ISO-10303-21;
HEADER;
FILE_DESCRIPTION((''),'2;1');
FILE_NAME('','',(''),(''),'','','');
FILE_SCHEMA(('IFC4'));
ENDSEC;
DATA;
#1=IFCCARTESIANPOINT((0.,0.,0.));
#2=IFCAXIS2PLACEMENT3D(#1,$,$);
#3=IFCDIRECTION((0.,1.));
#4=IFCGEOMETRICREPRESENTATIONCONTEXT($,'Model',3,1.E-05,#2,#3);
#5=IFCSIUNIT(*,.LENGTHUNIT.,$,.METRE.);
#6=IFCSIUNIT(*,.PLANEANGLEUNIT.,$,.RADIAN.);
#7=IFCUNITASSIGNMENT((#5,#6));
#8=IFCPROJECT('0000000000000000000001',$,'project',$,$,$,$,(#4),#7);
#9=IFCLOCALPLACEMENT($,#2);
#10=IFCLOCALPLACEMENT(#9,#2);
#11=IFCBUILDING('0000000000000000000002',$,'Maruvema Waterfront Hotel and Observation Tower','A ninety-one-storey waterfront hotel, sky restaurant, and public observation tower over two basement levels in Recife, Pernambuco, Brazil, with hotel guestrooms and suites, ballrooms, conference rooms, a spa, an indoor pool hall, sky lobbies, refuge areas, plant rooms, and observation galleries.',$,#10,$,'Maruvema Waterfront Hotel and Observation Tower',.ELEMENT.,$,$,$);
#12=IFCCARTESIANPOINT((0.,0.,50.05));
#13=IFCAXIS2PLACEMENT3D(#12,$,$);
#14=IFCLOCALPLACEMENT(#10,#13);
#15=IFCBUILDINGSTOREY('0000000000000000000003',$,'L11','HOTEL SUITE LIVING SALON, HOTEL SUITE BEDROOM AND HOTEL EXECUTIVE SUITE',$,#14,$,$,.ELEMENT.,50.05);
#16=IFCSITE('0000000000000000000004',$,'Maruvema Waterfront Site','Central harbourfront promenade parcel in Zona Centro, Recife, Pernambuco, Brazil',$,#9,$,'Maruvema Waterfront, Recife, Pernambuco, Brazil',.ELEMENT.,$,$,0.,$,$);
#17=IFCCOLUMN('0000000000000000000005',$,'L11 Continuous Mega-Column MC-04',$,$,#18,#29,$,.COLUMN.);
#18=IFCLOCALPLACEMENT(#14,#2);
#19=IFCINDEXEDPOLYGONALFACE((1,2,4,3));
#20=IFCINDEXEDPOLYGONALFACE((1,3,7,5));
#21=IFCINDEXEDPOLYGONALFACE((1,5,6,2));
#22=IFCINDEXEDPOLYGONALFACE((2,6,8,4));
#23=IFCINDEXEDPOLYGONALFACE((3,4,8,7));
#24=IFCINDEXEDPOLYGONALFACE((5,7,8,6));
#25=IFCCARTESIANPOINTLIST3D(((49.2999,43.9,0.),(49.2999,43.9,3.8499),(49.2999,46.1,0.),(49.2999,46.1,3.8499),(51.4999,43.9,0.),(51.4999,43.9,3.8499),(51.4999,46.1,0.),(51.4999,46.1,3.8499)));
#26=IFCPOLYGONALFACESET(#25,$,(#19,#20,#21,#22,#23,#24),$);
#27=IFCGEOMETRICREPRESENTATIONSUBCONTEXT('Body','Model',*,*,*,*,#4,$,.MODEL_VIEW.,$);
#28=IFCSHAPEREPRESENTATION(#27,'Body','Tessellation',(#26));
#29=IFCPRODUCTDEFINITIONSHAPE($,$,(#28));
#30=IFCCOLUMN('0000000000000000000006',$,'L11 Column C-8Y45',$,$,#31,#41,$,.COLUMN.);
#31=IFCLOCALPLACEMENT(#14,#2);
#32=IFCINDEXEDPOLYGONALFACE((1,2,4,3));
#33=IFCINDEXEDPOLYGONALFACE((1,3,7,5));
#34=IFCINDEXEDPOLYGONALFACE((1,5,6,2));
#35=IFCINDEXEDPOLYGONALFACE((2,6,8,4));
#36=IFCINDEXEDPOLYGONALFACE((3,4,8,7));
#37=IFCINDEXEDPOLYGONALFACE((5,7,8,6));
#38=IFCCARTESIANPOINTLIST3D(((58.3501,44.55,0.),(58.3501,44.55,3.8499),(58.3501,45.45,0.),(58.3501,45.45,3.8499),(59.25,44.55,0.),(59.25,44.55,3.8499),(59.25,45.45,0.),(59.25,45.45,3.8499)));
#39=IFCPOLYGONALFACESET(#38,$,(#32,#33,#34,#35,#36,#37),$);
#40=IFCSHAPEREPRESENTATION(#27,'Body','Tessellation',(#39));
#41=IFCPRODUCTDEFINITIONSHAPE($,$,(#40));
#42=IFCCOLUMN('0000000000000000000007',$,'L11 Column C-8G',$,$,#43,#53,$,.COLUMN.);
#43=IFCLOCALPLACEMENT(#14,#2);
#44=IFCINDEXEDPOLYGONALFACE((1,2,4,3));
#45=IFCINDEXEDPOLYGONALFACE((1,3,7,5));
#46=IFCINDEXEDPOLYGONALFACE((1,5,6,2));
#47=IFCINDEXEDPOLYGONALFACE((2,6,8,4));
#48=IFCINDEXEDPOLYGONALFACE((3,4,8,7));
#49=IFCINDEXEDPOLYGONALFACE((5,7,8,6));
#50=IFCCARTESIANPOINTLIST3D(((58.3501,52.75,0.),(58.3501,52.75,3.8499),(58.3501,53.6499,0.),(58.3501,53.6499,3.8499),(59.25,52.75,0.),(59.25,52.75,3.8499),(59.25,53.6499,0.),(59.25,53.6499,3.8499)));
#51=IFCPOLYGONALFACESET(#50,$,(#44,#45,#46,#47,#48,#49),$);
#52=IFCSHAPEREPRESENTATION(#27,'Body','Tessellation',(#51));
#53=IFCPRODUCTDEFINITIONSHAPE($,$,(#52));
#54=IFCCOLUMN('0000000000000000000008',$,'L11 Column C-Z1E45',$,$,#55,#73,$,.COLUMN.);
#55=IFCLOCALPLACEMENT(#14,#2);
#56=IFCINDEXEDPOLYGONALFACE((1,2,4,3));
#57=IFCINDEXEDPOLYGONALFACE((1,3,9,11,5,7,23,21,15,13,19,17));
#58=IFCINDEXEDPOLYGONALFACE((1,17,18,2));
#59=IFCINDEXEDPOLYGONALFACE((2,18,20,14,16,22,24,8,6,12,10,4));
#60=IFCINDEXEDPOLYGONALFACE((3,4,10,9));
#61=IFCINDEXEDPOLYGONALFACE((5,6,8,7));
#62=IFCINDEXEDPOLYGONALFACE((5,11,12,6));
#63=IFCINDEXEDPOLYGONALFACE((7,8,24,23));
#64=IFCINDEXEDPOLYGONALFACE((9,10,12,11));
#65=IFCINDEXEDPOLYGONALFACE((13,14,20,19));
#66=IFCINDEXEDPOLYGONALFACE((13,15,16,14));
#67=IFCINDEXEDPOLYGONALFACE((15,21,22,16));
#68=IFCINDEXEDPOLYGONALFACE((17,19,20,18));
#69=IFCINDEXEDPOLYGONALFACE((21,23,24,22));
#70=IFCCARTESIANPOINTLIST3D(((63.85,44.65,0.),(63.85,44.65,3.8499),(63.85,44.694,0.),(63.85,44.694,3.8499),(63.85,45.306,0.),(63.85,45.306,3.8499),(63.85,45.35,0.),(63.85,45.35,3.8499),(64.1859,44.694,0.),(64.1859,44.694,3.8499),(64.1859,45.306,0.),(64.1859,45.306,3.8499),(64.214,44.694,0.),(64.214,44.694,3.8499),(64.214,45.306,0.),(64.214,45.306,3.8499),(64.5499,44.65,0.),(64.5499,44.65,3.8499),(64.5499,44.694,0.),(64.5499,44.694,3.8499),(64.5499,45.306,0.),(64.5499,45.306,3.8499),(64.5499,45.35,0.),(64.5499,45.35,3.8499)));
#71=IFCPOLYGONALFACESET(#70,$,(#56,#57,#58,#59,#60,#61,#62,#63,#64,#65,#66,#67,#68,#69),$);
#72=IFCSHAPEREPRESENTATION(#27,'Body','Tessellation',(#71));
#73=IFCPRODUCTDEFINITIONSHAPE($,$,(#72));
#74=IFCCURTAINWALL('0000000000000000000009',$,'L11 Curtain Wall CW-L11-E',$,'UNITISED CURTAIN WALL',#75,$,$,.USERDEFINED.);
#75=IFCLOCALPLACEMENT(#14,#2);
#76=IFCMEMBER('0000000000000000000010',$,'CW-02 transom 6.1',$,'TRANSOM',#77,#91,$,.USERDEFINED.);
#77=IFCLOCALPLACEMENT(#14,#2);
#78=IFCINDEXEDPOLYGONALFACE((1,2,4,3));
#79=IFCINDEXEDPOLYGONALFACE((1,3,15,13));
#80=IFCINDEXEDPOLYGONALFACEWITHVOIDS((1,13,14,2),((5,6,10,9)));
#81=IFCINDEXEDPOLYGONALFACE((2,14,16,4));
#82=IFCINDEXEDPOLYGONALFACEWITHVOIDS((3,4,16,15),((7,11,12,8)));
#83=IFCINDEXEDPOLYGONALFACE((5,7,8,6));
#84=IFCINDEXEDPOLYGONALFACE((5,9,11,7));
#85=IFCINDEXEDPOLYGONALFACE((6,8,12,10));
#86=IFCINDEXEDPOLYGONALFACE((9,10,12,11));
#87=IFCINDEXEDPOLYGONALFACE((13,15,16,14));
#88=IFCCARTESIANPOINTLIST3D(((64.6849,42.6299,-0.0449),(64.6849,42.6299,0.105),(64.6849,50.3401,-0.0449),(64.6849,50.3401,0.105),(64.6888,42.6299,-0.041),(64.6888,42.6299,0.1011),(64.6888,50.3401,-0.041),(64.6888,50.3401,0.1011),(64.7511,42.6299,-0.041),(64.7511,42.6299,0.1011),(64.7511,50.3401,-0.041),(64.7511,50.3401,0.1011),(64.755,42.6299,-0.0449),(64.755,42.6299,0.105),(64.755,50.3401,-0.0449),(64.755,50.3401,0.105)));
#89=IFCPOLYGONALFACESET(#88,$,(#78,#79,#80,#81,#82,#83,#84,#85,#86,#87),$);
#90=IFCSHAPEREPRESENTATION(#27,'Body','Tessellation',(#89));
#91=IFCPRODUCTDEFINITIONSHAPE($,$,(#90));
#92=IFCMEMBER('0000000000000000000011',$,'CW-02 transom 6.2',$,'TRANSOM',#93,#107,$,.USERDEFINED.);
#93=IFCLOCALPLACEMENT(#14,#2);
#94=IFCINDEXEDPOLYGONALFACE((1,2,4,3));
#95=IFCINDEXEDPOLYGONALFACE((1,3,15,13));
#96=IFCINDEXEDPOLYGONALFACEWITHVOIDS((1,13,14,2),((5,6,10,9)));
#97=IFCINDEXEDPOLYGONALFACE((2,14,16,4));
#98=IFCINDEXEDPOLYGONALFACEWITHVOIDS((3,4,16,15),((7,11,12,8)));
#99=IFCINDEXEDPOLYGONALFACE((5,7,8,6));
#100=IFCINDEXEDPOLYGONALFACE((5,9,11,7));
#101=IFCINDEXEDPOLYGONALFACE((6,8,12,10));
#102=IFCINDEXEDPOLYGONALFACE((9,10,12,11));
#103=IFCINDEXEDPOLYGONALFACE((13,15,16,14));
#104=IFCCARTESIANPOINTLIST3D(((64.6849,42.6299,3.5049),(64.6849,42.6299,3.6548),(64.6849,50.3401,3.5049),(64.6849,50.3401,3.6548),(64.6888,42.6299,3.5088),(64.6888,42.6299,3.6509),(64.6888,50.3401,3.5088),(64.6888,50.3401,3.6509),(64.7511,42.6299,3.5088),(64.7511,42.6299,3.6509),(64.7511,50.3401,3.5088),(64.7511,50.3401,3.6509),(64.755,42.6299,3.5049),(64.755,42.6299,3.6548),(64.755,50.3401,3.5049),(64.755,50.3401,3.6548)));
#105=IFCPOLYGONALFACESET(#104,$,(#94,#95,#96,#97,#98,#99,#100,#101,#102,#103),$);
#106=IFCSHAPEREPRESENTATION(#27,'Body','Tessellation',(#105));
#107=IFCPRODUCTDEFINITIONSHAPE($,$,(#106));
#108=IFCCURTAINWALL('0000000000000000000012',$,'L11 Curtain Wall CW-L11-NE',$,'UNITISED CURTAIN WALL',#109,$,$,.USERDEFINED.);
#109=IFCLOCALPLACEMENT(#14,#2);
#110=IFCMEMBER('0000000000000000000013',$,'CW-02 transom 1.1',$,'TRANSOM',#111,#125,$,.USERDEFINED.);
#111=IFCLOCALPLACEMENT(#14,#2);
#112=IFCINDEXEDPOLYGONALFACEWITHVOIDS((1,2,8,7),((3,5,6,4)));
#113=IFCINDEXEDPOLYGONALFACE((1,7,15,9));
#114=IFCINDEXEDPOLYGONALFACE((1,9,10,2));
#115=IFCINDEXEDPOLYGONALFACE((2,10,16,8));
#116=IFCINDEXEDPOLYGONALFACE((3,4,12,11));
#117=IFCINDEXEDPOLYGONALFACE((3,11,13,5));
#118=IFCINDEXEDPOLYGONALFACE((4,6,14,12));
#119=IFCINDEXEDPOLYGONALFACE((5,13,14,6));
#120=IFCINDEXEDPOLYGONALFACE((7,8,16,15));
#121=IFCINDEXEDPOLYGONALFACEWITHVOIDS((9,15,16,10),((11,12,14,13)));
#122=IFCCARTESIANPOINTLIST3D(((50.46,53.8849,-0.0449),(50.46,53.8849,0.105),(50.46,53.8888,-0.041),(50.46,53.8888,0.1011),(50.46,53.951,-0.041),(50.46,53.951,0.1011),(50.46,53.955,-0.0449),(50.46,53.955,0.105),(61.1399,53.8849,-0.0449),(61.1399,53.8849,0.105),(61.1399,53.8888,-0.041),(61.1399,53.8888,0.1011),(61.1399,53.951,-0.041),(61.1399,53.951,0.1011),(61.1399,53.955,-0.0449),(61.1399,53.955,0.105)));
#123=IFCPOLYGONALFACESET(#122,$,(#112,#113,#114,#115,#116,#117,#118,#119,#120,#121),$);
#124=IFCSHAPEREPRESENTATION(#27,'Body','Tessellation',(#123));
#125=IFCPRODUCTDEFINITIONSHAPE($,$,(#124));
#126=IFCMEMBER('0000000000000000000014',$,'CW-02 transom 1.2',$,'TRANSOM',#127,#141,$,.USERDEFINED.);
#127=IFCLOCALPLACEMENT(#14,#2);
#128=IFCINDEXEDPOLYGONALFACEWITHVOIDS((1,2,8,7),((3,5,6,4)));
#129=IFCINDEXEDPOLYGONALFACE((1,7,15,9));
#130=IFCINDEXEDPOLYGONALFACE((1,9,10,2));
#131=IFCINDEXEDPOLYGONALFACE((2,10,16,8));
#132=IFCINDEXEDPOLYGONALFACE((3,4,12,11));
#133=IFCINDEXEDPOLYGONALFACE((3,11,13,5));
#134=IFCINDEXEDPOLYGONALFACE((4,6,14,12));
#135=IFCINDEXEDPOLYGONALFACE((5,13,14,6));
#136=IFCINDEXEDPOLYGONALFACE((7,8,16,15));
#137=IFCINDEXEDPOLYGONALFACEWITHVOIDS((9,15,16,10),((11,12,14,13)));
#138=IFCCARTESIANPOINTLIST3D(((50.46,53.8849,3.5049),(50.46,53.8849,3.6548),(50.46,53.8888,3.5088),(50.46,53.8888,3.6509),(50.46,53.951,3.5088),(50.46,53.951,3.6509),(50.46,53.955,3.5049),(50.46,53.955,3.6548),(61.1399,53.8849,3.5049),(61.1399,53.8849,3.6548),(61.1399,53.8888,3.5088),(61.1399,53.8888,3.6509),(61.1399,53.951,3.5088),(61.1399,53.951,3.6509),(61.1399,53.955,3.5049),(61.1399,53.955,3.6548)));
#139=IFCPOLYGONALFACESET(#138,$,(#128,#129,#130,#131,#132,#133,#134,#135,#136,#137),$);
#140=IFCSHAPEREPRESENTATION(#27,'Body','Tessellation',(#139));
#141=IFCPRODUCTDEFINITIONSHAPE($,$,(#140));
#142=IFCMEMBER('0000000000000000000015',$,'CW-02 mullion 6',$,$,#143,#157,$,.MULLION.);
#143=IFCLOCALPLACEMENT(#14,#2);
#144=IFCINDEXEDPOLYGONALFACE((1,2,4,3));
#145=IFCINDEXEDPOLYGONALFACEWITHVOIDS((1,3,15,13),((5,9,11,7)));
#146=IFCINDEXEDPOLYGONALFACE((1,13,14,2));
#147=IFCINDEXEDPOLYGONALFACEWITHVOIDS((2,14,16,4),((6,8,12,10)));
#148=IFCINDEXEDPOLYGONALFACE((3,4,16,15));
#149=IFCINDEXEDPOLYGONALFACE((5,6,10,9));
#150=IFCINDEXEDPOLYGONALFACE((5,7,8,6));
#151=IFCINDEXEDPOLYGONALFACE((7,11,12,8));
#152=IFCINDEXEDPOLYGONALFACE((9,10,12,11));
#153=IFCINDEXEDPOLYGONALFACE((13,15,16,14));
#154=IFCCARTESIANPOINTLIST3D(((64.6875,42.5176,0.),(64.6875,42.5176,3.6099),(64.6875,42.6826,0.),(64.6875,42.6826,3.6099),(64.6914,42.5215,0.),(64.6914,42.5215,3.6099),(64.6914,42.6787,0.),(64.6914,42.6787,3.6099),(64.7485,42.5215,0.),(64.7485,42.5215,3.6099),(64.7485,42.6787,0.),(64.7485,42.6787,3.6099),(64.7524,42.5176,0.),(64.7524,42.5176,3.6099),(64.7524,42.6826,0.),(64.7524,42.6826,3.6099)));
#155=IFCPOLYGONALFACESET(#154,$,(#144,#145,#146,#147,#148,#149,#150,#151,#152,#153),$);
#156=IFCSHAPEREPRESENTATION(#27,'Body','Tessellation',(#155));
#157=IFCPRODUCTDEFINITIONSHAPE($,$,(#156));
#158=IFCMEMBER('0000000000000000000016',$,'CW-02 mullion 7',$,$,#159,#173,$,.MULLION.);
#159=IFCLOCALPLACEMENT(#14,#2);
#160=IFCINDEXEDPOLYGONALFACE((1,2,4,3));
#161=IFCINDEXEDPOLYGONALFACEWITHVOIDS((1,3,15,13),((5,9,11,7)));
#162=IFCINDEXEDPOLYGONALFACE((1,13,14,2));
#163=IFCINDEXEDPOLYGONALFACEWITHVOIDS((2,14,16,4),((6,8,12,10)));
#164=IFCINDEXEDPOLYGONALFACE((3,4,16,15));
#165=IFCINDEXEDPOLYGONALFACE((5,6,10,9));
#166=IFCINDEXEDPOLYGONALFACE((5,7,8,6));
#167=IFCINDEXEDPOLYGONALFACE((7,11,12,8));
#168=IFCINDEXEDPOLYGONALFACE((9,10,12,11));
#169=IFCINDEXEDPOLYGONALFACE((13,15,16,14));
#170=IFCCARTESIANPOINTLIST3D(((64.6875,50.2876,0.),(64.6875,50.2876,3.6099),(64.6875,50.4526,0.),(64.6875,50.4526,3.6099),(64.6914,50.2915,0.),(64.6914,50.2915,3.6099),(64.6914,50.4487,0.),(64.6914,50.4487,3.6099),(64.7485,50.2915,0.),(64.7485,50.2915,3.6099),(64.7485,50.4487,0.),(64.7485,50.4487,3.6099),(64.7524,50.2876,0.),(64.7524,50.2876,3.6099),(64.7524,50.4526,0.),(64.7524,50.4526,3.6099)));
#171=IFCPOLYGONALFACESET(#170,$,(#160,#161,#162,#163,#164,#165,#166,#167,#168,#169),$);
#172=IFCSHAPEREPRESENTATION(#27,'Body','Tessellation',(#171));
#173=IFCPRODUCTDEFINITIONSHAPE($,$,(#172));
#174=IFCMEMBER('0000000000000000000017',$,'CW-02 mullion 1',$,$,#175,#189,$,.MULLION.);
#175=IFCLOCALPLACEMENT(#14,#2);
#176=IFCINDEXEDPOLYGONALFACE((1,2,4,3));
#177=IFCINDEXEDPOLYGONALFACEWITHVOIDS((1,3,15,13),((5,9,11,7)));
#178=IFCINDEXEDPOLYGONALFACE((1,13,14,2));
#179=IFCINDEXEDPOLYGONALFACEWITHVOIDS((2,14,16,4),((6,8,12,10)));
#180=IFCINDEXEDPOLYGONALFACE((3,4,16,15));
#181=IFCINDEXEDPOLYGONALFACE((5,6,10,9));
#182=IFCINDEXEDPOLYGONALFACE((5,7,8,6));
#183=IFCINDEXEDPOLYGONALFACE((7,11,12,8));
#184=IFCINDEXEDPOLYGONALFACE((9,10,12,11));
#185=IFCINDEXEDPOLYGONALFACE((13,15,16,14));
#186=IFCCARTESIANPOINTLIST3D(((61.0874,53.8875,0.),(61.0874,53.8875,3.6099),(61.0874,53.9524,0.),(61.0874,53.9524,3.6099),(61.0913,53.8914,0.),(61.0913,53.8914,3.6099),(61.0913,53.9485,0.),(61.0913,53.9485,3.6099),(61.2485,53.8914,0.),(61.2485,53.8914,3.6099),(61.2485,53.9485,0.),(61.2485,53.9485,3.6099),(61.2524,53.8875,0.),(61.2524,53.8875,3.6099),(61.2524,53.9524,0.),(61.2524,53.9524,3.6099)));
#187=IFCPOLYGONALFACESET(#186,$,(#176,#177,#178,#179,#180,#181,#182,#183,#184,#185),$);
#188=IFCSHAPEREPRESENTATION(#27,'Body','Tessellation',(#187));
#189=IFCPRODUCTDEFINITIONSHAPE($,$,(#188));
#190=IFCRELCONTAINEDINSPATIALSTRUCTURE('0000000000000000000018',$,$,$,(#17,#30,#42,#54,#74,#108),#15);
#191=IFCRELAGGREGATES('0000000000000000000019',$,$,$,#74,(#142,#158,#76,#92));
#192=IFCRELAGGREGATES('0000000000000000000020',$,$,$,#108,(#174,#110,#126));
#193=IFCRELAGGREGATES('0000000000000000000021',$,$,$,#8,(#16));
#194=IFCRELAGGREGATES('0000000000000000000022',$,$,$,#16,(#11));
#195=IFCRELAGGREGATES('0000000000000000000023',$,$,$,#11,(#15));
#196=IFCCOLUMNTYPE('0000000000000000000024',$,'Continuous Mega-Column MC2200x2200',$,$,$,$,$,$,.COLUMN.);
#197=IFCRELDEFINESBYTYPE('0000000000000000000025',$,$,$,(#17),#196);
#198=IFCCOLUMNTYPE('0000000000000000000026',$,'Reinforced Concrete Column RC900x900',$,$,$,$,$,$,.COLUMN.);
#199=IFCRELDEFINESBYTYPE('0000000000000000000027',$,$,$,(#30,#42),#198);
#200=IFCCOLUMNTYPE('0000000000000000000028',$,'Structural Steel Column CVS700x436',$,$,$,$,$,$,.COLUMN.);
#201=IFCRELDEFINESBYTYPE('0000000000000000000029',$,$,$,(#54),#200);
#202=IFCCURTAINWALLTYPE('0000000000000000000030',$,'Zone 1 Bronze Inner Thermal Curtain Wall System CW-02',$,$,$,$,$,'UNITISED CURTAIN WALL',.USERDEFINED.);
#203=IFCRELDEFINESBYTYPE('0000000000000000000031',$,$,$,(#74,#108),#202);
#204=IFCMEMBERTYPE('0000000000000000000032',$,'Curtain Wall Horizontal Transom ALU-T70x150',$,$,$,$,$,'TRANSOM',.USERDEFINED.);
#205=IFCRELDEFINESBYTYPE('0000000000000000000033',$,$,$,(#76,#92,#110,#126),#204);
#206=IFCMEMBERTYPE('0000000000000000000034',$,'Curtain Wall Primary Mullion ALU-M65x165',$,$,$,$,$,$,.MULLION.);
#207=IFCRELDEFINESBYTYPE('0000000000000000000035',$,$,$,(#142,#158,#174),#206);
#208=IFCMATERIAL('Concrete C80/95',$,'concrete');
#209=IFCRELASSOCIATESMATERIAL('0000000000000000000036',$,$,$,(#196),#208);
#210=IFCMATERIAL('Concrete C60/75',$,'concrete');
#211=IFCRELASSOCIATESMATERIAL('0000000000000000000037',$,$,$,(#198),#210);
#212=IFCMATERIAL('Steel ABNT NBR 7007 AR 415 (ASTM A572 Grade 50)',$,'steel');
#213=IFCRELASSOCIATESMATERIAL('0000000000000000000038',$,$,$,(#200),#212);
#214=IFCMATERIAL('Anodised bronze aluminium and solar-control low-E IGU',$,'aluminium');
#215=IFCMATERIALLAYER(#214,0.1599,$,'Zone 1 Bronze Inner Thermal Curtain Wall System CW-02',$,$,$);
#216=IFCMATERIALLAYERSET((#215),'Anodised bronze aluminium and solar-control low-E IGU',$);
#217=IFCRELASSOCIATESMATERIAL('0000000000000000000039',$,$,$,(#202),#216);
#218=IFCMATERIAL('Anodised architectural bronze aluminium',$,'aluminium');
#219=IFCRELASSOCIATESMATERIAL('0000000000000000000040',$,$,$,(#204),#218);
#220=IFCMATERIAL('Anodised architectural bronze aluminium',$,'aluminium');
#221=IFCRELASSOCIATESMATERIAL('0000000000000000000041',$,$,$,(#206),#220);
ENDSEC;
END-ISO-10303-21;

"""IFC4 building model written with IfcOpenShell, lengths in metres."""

from ifc_helpers import new_model, si_unit, direction, frame, origin, origin_2d, place, context, subcontext, project, spatial, rectangle, hollow_rectangle, i_section, extrude, material, layer, layer_set, material_profile, profile_set, type_object, element, aggregate, save


model = new_model("IFC4")

# Units and contexts
model_context = context("Model", 3, precision=1e-05, world=origin(), true_north=direction((0.0, 1.0)))
body_context = subcontext(model_context, "Body", "Model", "MODEL_VIEW")
ifc_project = project(units=[si_unit("LENGTHUNIT", "METRE"), si_unit("PLANEANGLEUNIT", "RADIAN")], contexts=[model_context])

# Site, building, storey
site_placement = place(None, origin())
site = spatial("IfcSite", under=ifc_project, at=site_placement, Name="Maruvema Waterfront Site", Description="Central harbourfront promenade parcel in Zona Centro, Recife, Pernambuco, Brazil", LongName="Maruvema Waterfront, Recife, Pernambuco, Brazil", CompositionType="ELEMENT", RefElevation=0.0)
building_placement = place(site_placement, origin())
building = spatial("IfcBuilding", under=site, at=building_placement, Name="Maruvema Waterfront Hotel and Observation Tower", Description="A ninety-one-storey waterfront hotel, sky restaurant, and public observation tower over two basement levels in Recife, Pernambuco, Brazil, with hotel guestrooms and suites, ballrooms, conference rooms, a spa, an indoor pool hall, sky lobbies, refuge areas, plant rooms, and observation galleries.", LongName="Maruvema Waterfront Hotel and Observation Tower", CompositionType="ELEMENT")
storey_placement = place(building_placement, frame((0.0, 0.0, 50.05)))
storey = spatial("IfcBuildingStorey", under=building, at=storey_placement, Name="L11", Description="HOTEL SUITE LIVING SALON, HOTEL SUITE BEDROOM AND HOTEL EXECUTIVE SUITE", CompositionType="ELEMENT", Elevation=50.05)

# Columns
ifc_material_1 = material(Name="Concrete C80/95", Category="concrete")
ifc_material_profile_1 = material_profile(ifc_material_1, rectangle(XDim=2.2, YDim=2.2, at=origin_2d()), Name="MC2200x2200")
ifc_profile_set_1 = profile_set([ifc_material_profile_1], Name="Concrete C80/95")
column_type_1 = type_object("IfcColumnType", Name="Continuous Mega-Column MC2200x2200", PredefinedType="COLUMN", material=ifc_profile_set_1)
column_1_placement = place(storey_placement, frame((50.3999, 45.0, 0.0), z_axis=(0.0, 0.0, 1.0), x_axis=(1.0, 0.0, 0.0)))
element("IfcColumn", 1, at=column_1_placement, inside=storey, type_object=column_type_1, Name="L11 Continuous Mega-Column MC-04", PredefinedType="COLUMN", context=body_context, shape_type="SweptSolid", body=[
    extrude(rectangle(XDim=2.2, YDim=2.2, at=origin_2d()), origin(), (0.0, 0.0, 1.0), 3.8499),
])
ifc_material_2 = material(Name="Concrete C60/75", Category="concrete")
ifc_material_profile_2 = material_profile(ifc_material_2, rectangle(XDim=0.8999, YDim=0.8999, at=origin_2d()), Name="RC900x900")
ifc_profile_set_2 = profile_set([ifc_material_profile_2], Name="Concrete C60/75")
column_type_2 = type_object("IfcColumnType", Name="Reinforced Concrete Column RC900x900", PredefinedType="COLUMN", material=ifc_profile_set_2)
for number, where, z_axis, x_axis, name in (
    (2, (58.8, 45.0, 0.0), (0.0, 0.0, 1.0), (1.0, 0.0, 0.0), "L11 Column C-8Y45"),
    (3, (58.8, 53.2, 0.0), (0.0, 0.0, 1.0), (1.0, 0.0, 0.0), "L11 Column C-8G"),
):
    element("IfcColumn", number, at=place(storey_placement, frame(where, z_axis=z_axis, x_axis=x_axis)), inside=storey, type_object=column_type_2, Name=name, PredefinedType="COLUMN", context=body_context, shape_type="SweptSolid", body=[
        extrude(rectangle(XDim=0.8999, YDim=0.8999, at=origin_2d()), origin(), (0.0, 0.0, 1.0), 3.8499),
    ])
ifc_material_3 = material(Name="Steel ABNT NBR 7007 AR 415 (ASTM A572 Grade 50)", Category="steel")
ifc_material_profile_3 = material_profile(ifc_material_3, i_section(OverallWidth=0.7, OverallDepth=0.7, WebThickness=0.0281, FlangeThickness=0.0439, at=origin_2d()), Name="CVS700x436")
ifc_profile_set_3 = profile_set([ifc_material_profile_3], Name="Steel ABNT NBR 7007 AR 415 (ASTM A572 Grade 50)")
column_type_3 = type_object("IfcColumnType", Name="Structural Steel Column CVS700x436", PredefinedType="COLUMN", material=ifc_profile_set_3)
column_2_placement = place(storey_placement, frame((64.2, 45.0, 0.0), z_axis=(0.0, 0.0, 1.0), x_axis=(1.0, 0.0, 0.0)))
element("IfcColumn", 4, at=column_2_placement, inside=storey, type_object=column_type_3, Name="L11 Column C-Z1E45", PredefinedType="COLUMN", context=body_context, shape_type="SweptSolid", body=[
    extrude(i_section(OverallWidth=0.7, OverallDepth=0.7, WebThickness=0.0281, FlangeThickness=0.0439, at=origin_2d()), origin(), (0.0, 0.0, 1.0), 3.8499),
])

# Curtain walls, members
ifc_material_4 = material(Name="Anodised bronze aluminium and solar-control low-E IGU", Category="aluminium")
ifc_layer_1 = layer(ifc_material_4, 0.1599, Name="Zone 1 Bronze Inner Thermal Curtain Wall System CW-02")
ifc_layer_set_1 = layer_set([ifc_layer_1], Name="Anodised bronze aluminium and solar-control low-E IGU")
curtain_wall_type = type_object("IfcCurtainWallType", Name="Zone 1 Bronze Inner Thermal Curtain Wall System CW-02", ElementType="UNITISED CURTAIN WALL", PredefinedType="USERDEFINED", material=ifc_layer_set_1)
curtain_wall_1_placement = place(storey_placement, origin())
curtain_wall_1 = element("IfcCurtainWall", 5, at=curtain_wall_1_placement, inside=storey, type_object=curtain_wall_type, Name="L11 Curtain Wall CW-L11-E", ObjectType="UNITISED CURTAIN WALL", PredefinedType="USERDEFINED")
ifc_material_5 = material(Name="Anodised architectural bronze aluminium", Category="aluminium")
ifc_material_profile_4 = material_profile(ifc_material_5, hollow_rectangle(XDim=0.0701, YDim=0.1499, WallThickness=0.0039, at=origin_2d()), Name="ALU-T70x150")
ifc_profile_set_4 = profile_set([ifc_material_profile_4], Name="Anodised architectural bronze aluminium")
member_type_1 = type_object("IfcMemberType", Name="Curtain Wall Horizontal Transom ALU-T70x150", ElementType="TRANSOM", PredefinedType="USERDEFINED", material=ifc_profile_set_4)
member_1_placement = place(storey_placement, frame((64.72, 42.6299, 0.03), z_axis=(0.0, 1.0, 0.0), x_axis=(-1.0, 0.0, 0.0)))
member_1 = element("IfcMember", 6, at=member_1_placement, type_object=member_type_1, Name="CW-02 transom 6.1", ObjectType="TRANSOM", PredefinedType="USERDEFINED", context=body_context, shape_type="SweptSolid", body=[
    extrude(hollow_rectangle(XDim=0.0701, YDim=0.1499, WallThickness=0.0039, at=origin_2d()), origin(), (0.0, 0.0, 1.0), 7.7102),
])
member_2_placement = place(storey_placement, frame((64.72, 42.6299, 3.5798), z_axis=(0.0, 1.0, 0.0), x_axis=(-1.0, 0.0, 0.0)))
member_2 = element("IfcMember", 7, at=member_2_placement, type_object=member_type_1, Name="CW-02 transom 6.2", ObjectType="TRANSOM", PredefinedType="USERDEFINED", context=body_context, shape_type="SweptSolid", body=[
    extrude(hollow_rectangle(XDim=0.0701, YDim=0.1499, WallThickness=0.0039, at=origin_2d()), origin(), (0.0, 0.0, 1.0), 7.7102),
])
curtain_wall_2_placement = place(storey_placement, origin())
curtain_wall_2 = element("IfcCurtainWall", 8, at=curtain_wall_2_placement, inside=storey, type_object=curtain_wall_type, Name="L11 Curtain Wall CW-L11-NE", ObjectType="UNITISED CURTAIN WALL", PredefinedType="USERDEFINED")
member_3_placement = place(storey_placement, frame((61.1399, 53.9199, 0.03), z_axis=(-1.0, 0.0, 0.0), x_axis=(0.0, -1.0, 0.0)))
member_3 = element("IfcMember", 9, at=member_3_placement, type_object=member_type_1, Name="CW-02 transom 1.1", ObjectType="TRANSOM", PredefinedType="USERDEFINED", context=body_context, shape_type="SweptSolid", body=[
    extrude(hollow_rectangle(XDim=0.0701, YDim=0.1499, WallThickness=0.0039, at=origin_2d()), origin(), (0.0, 0.0, 1.0), 10.6799),
])
member_4_placement = place(storey_placement, frame((61.1399, 53.9199, 3.5798), z_axis=(-1.0, 0.0, 0.0), x_axis=(0.0, -1.0, 0.0)))
member_4 = element("IfcMember", 10, at=member_4_placement, type_object=member_type_1, Name="CW-02 transom 1.2", ObjectType="TRANSOM", PredefinedType="USERDEFINED", context=body_context, shape_type="SweptSolid", body=[
    extrude(hollow_rectangle(XDim=0.0701, YDim=0.1499, WallThickness=0.0039, at=origin_2d()), origin(), (0.0, 0.0, 1.0), 10.6799),
])

# Members
ifc_material_6 = material(Name="Anodised architectural bronze aluminium", Category="aluminium")
ifc_material_profile_5 = material_profile(ifc_material_6, hollow_rectangle(XDim=0.0649, YDim=0.165, WallThickness=0.0039, at=origin_2d()), Name="ALU-M65x165")
ifc_profile_set_5 = profile_set([ifc_material_profile_5], Name="Anodised architectural bronze aluminium")
member_type_2 = type_object("IfcMemberType", Name="Curtain Wall Primary Mullion ALU-M65x165", PredefinedType="MULLION", material=ifc_profile_set_5)
member_5_placement = place(storey_placement, frame((64.72, 42.6001, 0.0), z_axis=(0.0, 0.0, 1.0), x_axis=(-1.0, 0.0, 0.0)))
member_5 = element("IfcMember", 11, at=member_5_placement, type_object=member_type_2, Name="CW-02 mullion 6", PredefinedType="MULLION", context=body_context, shape_type="SweptSolid", body=[
    extrude(hollow_rectangle(XDim=0.0649, YDim=0.165, WallThickness=0.0039, at=origin_2d()), origin(), (0.0, 0.0, 1.0), 3.6099),
])
member_6_placement = place(storey_placement, frame((64.72, 50.3701, 0.0), z_axis=(0.0, 0.0, 1.0), x_axis=(-1.0, 0.0, 0.0)))
member_6 = element("IfcMember", 12, at=member_6_placement, type_object=member_type_2, Name="CW-02 mullion 7", PredefinedType="MULLION", context=body_context, shape_type="SweptSolid", body=[
    extrude(hollow_rectangle(XDim=0.0649, YDim=0.165, WallThickness=0.0039, at=origin_2d()), origin(), (0.0, 0.0, 1.0), 3.6099),
])
member_7_placement = place(storey_placement, frame((61.1699, 53.9199, 0.0), z_axis=(0.0, 0.0, 1.0), x_axis=(0.0, -1.0, 0.0)))
member_7 = element("IfcMember", 13, at=member_7_placement, type_object=member_type_2, Name="CW-02 mullion 1", PredefinedType="MULLION", context=body_context, shape_type="SweptSolid", body=[
    extrude(hollow_rectangle(XDim=0.0649, YDim=0.165, WallThickness=0.0039, at=origin_2d()), origin(), (0.0, 0.0, 1.0), 3.6099),
])

aggregate(curtain_wall_1, [member_5, member_6, member_1, member_2])
aggregate(curtain_wall_2, [member_7, member_3, member_4])

save(model, "model.ifc")
